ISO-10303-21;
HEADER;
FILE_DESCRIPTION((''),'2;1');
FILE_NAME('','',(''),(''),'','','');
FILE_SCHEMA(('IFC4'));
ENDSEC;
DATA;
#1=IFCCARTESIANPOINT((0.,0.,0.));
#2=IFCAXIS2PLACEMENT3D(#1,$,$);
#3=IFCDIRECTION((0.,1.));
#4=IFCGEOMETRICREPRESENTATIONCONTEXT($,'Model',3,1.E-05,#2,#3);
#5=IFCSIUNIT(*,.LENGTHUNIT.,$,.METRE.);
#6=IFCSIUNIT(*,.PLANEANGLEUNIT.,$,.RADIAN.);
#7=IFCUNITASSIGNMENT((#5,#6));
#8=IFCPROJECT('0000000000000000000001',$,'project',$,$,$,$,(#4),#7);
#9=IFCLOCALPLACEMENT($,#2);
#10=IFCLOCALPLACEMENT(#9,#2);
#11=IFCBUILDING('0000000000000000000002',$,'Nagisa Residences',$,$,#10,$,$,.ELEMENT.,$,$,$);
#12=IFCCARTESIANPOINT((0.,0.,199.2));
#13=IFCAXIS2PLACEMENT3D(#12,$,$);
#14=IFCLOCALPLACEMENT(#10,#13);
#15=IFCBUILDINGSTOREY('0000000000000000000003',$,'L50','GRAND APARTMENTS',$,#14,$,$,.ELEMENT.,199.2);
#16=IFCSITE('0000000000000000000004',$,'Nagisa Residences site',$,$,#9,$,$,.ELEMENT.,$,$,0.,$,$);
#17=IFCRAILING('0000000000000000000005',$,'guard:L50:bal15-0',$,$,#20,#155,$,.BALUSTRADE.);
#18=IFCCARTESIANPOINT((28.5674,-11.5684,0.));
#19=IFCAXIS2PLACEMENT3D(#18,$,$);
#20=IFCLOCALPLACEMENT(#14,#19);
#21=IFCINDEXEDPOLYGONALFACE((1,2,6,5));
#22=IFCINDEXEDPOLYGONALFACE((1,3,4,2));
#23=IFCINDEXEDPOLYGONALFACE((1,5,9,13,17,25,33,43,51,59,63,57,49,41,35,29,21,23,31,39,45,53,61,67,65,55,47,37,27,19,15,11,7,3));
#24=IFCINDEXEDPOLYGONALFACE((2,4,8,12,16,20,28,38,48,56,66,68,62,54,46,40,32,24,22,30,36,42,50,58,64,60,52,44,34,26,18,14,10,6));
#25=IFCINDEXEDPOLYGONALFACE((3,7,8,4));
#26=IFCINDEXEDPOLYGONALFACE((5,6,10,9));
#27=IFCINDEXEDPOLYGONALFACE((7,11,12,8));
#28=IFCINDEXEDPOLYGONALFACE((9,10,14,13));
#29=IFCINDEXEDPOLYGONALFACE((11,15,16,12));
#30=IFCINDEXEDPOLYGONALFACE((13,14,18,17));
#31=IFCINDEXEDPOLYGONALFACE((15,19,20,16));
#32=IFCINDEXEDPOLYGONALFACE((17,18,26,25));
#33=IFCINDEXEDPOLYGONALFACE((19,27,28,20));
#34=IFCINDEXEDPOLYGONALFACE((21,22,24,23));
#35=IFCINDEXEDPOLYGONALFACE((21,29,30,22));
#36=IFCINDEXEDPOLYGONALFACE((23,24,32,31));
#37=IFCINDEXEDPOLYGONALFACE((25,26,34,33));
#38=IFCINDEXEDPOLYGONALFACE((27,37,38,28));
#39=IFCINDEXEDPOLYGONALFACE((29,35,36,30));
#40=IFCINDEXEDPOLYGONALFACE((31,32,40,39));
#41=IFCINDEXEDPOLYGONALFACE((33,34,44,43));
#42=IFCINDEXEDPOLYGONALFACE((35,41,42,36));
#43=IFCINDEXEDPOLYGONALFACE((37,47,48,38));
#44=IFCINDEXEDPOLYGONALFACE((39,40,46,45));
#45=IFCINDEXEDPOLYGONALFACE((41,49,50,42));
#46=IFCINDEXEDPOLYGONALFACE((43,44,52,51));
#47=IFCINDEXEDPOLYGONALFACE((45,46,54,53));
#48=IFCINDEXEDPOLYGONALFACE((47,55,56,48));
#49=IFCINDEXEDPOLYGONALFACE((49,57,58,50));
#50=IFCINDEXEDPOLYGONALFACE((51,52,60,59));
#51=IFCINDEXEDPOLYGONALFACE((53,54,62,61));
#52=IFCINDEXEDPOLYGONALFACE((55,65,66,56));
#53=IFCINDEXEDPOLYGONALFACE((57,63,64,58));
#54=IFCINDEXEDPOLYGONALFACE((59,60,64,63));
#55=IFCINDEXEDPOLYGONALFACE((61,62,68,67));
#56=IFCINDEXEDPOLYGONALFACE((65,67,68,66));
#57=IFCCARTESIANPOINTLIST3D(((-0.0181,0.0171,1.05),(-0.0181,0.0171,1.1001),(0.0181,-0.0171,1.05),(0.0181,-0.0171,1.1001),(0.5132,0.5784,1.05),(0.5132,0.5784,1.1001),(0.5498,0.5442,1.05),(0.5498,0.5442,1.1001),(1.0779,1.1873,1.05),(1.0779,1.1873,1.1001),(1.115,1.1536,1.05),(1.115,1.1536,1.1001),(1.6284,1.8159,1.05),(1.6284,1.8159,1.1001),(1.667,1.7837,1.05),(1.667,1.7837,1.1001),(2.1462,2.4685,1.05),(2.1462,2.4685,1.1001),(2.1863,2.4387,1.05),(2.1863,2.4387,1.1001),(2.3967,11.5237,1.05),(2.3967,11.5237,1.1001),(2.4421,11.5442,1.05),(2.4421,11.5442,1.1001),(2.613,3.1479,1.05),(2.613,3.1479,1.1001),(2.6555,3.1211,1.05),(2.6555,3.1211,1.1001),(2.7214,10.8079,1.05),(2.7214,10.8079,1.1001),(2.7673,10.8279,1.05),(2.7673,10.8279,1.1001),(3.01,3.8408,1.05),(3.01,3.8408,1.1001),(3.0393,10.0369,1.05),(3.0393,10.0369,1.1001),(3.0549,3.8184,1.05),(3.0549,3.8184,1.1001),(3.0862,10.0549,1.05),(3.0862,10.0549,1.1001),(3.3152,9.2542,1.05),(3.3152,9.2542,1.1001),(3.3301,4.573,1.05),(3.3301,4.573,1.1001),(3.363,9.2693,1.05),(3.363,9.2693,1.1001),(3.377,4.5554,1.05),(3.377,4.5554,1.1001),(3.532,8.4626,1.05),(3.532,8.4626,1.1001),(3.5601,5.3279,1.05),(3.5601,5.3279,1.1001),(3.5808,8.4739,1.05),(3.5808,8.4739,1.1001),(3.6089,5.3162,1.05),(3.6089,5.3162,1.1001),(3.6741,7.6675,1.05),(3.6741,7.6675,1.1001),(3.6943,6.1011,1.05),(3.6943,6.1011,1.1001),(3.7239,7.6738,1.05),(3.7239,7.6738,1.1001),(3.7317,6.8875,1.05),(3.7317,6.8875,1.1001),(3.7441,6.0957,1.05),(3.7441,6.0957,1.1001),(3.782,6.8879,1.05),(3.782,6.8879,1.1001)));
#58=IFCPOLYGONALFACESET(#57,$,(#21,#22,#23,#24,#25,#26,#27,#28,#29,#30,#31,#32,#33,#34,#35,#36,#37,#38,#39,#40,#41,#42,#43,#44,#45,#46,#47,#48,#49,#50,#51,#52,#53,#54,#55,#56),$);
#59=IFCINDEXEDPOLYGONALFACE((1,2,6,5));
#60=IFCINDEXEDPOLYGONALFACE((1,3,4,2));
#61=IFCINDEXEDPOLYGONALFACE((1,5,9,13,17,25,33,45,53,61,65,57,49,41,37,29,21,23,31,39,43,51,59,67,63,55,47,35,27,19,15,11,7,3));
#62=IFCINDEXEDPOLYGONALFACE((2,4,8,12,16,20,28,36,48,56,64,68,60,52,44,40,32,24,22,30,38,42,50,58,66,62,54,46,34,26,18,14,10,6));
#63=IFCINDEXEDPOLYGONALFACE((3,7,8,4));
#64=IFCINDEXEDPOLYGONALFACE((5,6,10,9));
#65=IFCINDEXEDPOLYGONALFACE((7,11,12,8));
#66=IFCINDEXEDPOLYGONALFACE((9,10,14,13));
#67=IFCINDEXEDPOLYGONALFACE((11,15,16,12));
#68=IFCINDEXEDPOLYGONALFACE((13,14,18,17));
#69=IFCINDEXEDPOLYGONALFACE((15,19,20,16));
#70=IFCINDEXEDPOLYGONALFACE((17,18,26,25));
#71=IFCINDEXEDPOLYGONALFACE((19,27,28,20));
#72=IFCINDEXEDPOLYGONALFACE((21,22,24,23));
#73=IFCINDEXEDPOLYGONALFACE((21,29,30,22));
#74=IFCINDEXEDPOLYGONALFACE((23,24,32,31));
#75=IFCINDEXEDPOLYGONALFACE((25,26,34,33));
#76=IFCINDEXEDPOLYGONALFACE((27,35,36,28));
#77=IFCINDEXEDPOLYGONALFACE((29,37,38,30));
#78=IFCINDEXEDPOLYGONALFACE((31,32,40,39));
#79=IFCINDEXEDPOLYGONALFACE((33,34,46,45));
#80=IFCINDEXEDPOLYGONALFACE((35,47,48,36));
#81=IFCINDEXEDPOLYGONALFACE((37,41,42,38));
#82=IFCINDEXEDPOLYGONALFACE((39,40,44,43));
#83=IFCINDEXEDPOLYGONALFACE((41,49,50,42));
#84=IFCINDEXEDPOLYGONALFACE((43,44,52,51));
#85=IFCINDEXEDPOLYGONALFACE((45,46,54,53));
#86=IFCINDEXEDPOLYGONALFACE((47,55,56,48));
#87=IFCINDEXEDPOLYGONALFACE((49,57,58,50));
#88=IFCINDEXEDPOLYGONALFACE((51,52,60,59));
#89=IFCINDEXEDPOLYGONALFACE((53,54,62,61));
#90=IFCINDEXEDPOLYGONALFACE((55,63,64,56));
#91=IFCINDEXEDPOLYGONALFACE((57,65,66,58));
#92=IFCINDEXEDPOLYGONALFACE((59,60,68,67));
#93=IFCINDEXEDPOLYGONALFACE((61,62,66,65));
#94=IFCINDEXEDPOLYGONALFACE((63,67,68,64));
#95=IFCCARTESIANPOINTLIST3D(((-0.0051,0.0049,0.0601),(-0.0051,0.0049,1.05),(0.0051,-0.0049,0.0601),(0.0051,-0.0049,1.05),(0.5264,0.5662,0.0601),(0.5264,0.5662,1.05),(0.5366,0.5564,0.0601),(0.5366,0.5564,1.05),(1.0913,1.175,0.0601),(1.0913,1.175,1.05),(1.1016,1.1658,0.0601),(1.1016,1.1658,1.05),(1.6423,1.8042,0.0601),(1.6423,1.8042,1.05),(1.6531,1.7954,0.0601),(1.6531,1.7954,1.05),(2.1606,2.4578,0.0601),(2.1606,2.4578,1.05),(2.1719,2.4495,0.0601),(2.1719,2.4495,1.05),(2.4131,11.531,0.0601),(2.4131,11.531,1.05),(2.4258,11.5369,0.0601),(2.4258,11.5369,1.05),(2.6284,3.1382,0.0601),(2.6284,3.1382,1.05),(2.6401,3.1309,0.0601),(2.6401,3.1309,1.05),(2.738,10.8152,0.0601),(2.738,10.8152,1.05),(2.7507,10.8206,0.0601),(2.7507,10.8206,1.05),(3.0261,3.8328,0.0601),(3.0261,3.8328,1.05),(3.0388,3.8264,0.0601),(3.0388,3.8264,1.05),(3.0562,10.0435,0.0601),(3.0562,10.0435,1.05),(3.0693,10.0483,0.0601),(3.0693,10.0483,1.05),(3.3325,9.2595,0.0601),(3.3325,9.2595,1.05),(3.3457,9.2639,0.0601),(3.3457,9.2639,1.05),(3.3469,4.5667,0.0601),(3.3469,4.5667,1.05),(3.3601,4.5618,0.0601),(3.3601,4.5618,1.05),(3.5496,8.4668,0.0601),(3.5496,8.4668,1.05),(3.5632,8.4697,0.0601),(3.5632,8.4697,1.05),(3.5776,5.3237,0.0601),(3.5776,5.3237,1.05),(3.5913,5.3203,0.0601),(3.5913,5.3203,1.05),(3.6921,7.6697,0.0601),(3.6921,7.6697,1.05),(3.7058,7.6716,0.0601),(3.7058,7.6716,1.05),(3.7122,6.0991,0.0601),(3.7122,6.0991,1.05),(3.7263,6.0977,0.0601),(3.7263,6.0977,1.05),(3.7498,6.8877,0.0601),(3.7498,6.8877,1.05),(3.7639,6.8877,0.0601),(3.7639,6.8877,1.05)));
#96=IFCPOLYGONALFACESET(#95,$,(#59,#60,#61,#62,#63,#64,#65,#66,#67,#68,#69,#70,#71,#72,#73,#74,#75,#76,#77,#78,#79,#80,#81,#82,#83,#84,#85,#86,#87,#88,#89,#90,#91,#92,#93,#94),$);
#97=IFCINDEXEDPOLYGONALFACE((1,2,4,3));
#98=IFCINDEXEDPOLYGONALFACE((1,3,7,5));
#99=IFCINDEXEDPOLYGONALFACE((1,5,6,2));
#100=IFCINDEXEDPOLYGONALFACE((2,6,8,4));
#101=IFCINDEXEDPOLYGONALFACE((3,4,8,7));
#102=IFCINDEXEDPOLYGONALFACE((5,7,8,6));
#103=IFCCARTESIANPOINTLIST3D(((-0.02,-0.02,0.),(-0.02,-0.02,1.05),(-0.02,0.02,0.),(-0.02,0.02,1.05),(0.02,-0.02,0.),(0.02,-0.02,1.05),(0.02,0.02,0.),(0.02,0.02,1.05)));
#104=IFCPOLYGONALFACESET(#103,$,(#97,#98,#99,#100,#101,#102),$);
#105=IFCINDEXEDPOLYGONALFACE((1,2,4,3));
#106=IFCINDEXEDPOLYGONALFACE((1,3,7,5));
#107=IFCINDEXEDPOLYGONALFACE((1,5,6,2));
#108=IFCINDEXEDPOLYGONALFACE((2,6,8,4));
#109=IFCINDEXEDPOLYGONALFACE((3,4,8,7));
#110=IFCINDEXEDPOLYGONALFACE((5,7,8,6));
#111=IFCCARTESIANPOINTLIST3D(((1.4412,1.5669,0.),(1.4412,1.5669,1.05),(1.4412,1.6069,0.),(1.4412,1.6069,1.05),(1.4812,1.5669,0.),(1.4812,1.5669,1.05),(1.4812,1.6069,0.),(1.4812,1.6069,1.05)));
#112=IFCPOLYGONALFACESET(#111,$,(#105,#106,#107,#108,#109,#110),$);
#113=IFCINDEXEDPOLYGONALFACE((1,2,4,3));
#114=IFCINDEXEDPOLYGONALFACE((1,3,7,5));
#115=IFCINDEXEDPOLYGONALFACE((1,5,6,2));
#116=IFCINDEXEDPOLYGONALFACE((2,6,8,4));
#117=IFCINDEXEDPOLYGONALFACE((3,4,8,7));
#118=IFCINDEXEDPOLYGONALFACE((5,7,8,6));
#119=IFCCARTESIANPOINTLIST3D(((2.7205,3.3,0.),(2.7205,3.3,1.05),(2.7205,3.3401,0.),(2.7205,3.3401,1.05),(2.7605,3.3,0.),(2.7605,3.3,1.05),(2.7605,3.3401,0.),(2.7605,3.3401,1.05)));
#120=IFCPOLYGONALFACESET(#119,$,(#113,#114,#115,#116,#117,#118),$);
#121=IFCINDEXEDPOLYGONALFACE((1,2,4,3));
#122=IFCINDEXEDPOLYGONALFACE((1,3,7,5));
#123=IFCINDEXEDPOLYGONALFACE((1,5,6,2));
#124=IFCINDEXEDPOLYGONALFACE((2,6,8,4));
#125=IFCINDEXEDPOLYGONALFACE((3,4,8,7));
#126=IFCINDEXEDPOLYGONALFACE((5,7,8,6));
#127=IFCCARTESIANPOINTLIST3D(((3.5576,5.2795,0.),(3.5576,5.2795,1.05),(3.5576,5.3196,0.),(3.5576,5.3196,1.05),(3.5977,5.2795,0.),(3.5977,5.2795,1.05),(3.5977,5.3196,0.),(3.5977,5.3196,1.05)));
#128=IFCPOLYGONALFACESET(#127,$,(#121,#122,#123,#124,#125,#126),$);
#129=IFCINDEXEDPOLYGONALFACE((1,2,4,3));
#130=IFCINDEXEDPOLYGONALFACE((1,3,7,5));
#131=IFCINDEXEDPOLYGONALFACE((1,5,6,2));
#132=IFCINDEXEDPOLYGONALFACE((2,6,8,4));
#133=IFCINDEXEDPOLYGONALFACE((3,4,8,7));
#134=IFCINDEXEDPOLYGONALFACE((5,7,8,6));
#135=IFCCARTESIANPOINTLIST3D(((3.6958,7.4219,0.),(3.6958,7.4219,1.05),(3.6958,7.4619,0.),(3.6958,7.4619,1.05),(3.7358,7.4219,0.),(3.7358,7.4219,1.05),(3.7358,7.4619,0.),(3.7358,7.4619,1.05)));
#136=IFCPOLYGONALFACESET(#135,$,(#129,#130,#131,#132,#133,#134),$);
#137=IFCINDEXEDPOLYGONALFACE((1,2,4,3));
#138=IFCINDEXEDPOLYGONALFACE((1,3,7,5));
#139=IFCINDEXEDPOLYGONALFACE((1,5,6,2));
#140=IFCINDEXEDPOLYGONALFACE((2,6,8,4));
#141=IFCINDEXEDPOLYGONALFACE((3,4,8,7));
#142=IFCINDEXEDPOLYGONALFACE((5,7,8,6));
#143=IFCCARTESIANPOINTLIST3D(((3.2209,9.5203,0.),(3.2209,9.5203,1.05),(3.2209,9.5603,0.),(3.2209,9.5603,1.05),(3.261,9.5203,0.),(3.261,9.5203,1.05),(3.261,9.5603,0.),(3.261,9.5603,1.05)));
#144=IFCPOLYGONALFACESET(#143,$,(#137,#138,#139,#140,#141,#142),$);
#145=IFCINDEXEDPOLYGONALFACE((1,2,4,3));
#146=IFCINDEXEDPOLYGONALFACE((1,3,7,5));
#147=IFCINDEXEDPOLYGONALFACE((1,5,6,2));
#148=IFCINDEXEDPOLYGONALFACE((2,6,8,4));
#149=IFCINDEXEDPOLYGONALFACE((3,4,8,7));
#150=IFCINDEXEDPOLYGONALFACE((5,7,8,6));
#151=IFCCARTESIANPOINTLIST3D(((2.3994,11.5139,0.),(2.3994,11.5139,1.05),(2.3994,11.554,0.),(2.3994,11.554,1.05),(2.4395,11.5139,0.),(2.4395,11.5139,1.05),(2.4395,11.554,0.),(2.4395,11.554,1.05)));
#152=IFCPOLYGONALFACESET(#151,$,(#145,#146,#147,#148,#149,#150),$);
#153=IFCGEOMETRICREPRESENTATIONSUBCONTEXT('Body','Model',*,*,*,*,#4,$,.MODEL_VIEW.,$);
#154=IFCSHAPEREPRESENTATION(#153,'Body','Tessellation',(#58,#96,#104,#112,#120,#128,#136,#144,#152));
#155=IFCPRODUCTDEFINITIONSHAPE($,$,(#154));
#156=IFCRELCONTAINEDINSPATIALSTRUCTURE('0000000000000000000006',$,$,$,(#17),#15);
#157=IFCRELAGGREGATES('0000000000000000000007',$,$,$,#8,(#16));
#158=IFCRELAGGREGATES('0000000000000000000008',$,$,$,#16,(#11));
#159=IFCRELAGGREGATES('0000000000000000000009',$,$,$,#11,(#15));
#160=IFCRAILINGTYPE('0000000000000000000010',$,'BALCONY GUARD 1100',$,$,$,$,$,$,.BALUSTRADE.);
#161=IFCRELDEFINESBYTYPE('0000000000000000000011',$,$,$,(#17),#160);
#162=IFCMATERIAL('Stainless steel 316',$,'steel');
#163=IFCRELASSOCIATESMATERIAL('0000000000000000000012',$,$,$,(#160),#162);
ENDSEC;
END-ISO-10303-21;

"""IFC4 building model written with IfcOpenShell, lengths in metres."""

from ifc_helpers import new_model, si_unit, direction, frame, origin, origin_2d, place, context, subcontext, project, spatial, polyline, rectangle, outline, extrude, material, type_object, element, save


model = new_model("IFC4")

# Units and contexts
model_context = context("Model", 3, precision=1e-05, world=origin(), true_north=direction((0.0, 1.0)))
body_context = subcontext(model_context, "Body", "Model", "MODEL_VIEW")
ifc_project = project(units=[si_unit("LENGTHUNIT", "METRE"), si_unit("PLANEANGLEUNIT", "RADIAN")], contexts=[model_context])

# Site, building, storey
site_placement = place(None, origin())
site = spatial("IfcSite", under=ifc_project, at=site_placement, Name="Nagisa Residences site", CompositionType="ELEMENT", RefElevation=0.0)
building_placement = place(site_placement, origin())
building = spatial("IfcBuilding", under=site, at=building_placement, Name="Nagisa Residences", CompositionType="ELEMENT")
storey_placement = place(building_placement, frame((0.0, 0.0, 199.2)))
storey = spatial("IfcBuildingStorey", under=building, at=storey_placement, Name="L50", Description="GRAND APARTMENTS", CompositionType="ELEMENT", Elevation=199.2)

# Railing
ifc_material_1 = material(Name="Stainless steel 316", Category="steel")
railing_type = type_object("IfcRailingType", Name="BALCONY GUARD 1100", PredefinedType="BALUSTRADE", material=ifc_material_1)
railing_placement = place(storey_placement, frame((28.5674, -11.5684, 0.0)))
element("IfcRailing", 1, at=railing_placement, inside=storey, type_object=railing_type, Name="guard:L50:bal15-0", PredefinedType="BALUSTRADE", context=body_context, shape_type="SweptSolid", body=[
    extrude(outline(polyline([(0.5132, 0.5784), (-0.0181, 0.0171), (0.0181, -0.0171), (0.5498, 0.5442), (1.115, 1.1536), (1.667, 1.7837), (2.1863, 2.4387), (2.6555, 3.1211), (3.0549, 3.8184), (3.377, 4.5554), (3.6089, 5.3162), (3.7441, 6.0957), (3.782, 6.8879), (3.7239, 7.6738), (3.5808, 8.4739), (3.363, 9.2693), (3.0862, 10.0549), (2.7673, 10.8279), (2.4421, 11.5442), (2.3967, 11.5237), (2.7214, 10.8079), (3.0393, 10.0369), (3.3152, 9.2542), (3.532, 8.4626), (3.6741, 7.6675), (3.7317, 6.8875), (3.6943, 6.1011), (3.5601, 5.3279), (3.3301, 4.573), (3.01, 3.8408), (2.613, 3.1479), (2.1462, 2.4685), (1.6284, 1.8159), (1.0779, 1.1873), (0.5132, 0.5784)])), frame((0.0, 0.0, 1.05)), (0.0, 0.0, 1.0), 0.05),
    extrude(outline(polyline([(0.5264, 0.5662), (-0.0051, 0.0049), (0.0051, -0.0049), (0.5366, 0.5564), (1.1016, 1.1658), (1.6531, 1.7954), (2.1719, 2.4495), (2.6401, 3.1309), (3.0388, 3.8264), (3.3601, 4.5618), (3.5913, 5.3203), (3.7263, 6.0977), (3.7639, 6.8877), (3.7058, 7.6716), (3.5632, 8.4697), (3.3457, 9.2639), (3.0693, 10.0483), (2.7507, 10.8206), (2.4258, 11.5369), (2.4131, 11.531), (2.738, 10.8152), (3.0562, 10.0435), (3.3325, 9.2595), (3.5496, 8.4668), (3.6921, 7.6697), (3.7498, 6.8877), (3.7122, 6.0991), (3.5776, 5.3237), (3.3469, 4.5667), (3.0261, 3.8328), (2.6284, 3.1382), (2.1606, 2.4578), (1.6423, 1.8042), (1.0913, 1.175), (0.5264, 0.5662)])), frame((0.0, 0.0, 0.0601)), (0.0, 0.0, 1.0), 0.99),
    extrude(rectangle(XDim=0.04, YDim=0.04, at=origin_2d()), origin(), (0.0, 0.0, 1.0), 1.05),
    extrude(rectangle(XDim=0.04, YDim=0.04, at=origin_2d()), frame((1.4612, 1.5869, 0.0)), (0.0, 0.0, 1.0), 1.05),
    extrude(rectangle(XDim=0.04, YDim=0.04, at=origin_2d()), frame((2.7405, 3.3201, 0.0)), (0.0, 0.0, 1.0), 1.05),
    extrude(rectangle(XDim=0.04, YDim=0.04, at=origin_2d()), frame((3.5776, 5.2996, 0.0)), (0.0, 0.0, 1.0), 1.05),
    extrude(rectangle(XDim=0.04, YDim=0.04, at=origin_2d()), frame((3.7158, 7.4419, 0.0)), (0.0, 0.0, 1.0), 1.05),
    extrude(rectangle(XDim=0.04, YDim=0.04, at=origin_2d()), frame((3.241, 9.5403, 0.0)), (0.0, 0.0, 1.0), 1.05),
    extrude(rectangle(XDim=0.04, YDim=0.04, at=origin_2d()), frame((2.4194, 11.5339, 0.0)), (0.0, 0.0, 1.0), 1.05),
])

save(model, "model.ifc")
